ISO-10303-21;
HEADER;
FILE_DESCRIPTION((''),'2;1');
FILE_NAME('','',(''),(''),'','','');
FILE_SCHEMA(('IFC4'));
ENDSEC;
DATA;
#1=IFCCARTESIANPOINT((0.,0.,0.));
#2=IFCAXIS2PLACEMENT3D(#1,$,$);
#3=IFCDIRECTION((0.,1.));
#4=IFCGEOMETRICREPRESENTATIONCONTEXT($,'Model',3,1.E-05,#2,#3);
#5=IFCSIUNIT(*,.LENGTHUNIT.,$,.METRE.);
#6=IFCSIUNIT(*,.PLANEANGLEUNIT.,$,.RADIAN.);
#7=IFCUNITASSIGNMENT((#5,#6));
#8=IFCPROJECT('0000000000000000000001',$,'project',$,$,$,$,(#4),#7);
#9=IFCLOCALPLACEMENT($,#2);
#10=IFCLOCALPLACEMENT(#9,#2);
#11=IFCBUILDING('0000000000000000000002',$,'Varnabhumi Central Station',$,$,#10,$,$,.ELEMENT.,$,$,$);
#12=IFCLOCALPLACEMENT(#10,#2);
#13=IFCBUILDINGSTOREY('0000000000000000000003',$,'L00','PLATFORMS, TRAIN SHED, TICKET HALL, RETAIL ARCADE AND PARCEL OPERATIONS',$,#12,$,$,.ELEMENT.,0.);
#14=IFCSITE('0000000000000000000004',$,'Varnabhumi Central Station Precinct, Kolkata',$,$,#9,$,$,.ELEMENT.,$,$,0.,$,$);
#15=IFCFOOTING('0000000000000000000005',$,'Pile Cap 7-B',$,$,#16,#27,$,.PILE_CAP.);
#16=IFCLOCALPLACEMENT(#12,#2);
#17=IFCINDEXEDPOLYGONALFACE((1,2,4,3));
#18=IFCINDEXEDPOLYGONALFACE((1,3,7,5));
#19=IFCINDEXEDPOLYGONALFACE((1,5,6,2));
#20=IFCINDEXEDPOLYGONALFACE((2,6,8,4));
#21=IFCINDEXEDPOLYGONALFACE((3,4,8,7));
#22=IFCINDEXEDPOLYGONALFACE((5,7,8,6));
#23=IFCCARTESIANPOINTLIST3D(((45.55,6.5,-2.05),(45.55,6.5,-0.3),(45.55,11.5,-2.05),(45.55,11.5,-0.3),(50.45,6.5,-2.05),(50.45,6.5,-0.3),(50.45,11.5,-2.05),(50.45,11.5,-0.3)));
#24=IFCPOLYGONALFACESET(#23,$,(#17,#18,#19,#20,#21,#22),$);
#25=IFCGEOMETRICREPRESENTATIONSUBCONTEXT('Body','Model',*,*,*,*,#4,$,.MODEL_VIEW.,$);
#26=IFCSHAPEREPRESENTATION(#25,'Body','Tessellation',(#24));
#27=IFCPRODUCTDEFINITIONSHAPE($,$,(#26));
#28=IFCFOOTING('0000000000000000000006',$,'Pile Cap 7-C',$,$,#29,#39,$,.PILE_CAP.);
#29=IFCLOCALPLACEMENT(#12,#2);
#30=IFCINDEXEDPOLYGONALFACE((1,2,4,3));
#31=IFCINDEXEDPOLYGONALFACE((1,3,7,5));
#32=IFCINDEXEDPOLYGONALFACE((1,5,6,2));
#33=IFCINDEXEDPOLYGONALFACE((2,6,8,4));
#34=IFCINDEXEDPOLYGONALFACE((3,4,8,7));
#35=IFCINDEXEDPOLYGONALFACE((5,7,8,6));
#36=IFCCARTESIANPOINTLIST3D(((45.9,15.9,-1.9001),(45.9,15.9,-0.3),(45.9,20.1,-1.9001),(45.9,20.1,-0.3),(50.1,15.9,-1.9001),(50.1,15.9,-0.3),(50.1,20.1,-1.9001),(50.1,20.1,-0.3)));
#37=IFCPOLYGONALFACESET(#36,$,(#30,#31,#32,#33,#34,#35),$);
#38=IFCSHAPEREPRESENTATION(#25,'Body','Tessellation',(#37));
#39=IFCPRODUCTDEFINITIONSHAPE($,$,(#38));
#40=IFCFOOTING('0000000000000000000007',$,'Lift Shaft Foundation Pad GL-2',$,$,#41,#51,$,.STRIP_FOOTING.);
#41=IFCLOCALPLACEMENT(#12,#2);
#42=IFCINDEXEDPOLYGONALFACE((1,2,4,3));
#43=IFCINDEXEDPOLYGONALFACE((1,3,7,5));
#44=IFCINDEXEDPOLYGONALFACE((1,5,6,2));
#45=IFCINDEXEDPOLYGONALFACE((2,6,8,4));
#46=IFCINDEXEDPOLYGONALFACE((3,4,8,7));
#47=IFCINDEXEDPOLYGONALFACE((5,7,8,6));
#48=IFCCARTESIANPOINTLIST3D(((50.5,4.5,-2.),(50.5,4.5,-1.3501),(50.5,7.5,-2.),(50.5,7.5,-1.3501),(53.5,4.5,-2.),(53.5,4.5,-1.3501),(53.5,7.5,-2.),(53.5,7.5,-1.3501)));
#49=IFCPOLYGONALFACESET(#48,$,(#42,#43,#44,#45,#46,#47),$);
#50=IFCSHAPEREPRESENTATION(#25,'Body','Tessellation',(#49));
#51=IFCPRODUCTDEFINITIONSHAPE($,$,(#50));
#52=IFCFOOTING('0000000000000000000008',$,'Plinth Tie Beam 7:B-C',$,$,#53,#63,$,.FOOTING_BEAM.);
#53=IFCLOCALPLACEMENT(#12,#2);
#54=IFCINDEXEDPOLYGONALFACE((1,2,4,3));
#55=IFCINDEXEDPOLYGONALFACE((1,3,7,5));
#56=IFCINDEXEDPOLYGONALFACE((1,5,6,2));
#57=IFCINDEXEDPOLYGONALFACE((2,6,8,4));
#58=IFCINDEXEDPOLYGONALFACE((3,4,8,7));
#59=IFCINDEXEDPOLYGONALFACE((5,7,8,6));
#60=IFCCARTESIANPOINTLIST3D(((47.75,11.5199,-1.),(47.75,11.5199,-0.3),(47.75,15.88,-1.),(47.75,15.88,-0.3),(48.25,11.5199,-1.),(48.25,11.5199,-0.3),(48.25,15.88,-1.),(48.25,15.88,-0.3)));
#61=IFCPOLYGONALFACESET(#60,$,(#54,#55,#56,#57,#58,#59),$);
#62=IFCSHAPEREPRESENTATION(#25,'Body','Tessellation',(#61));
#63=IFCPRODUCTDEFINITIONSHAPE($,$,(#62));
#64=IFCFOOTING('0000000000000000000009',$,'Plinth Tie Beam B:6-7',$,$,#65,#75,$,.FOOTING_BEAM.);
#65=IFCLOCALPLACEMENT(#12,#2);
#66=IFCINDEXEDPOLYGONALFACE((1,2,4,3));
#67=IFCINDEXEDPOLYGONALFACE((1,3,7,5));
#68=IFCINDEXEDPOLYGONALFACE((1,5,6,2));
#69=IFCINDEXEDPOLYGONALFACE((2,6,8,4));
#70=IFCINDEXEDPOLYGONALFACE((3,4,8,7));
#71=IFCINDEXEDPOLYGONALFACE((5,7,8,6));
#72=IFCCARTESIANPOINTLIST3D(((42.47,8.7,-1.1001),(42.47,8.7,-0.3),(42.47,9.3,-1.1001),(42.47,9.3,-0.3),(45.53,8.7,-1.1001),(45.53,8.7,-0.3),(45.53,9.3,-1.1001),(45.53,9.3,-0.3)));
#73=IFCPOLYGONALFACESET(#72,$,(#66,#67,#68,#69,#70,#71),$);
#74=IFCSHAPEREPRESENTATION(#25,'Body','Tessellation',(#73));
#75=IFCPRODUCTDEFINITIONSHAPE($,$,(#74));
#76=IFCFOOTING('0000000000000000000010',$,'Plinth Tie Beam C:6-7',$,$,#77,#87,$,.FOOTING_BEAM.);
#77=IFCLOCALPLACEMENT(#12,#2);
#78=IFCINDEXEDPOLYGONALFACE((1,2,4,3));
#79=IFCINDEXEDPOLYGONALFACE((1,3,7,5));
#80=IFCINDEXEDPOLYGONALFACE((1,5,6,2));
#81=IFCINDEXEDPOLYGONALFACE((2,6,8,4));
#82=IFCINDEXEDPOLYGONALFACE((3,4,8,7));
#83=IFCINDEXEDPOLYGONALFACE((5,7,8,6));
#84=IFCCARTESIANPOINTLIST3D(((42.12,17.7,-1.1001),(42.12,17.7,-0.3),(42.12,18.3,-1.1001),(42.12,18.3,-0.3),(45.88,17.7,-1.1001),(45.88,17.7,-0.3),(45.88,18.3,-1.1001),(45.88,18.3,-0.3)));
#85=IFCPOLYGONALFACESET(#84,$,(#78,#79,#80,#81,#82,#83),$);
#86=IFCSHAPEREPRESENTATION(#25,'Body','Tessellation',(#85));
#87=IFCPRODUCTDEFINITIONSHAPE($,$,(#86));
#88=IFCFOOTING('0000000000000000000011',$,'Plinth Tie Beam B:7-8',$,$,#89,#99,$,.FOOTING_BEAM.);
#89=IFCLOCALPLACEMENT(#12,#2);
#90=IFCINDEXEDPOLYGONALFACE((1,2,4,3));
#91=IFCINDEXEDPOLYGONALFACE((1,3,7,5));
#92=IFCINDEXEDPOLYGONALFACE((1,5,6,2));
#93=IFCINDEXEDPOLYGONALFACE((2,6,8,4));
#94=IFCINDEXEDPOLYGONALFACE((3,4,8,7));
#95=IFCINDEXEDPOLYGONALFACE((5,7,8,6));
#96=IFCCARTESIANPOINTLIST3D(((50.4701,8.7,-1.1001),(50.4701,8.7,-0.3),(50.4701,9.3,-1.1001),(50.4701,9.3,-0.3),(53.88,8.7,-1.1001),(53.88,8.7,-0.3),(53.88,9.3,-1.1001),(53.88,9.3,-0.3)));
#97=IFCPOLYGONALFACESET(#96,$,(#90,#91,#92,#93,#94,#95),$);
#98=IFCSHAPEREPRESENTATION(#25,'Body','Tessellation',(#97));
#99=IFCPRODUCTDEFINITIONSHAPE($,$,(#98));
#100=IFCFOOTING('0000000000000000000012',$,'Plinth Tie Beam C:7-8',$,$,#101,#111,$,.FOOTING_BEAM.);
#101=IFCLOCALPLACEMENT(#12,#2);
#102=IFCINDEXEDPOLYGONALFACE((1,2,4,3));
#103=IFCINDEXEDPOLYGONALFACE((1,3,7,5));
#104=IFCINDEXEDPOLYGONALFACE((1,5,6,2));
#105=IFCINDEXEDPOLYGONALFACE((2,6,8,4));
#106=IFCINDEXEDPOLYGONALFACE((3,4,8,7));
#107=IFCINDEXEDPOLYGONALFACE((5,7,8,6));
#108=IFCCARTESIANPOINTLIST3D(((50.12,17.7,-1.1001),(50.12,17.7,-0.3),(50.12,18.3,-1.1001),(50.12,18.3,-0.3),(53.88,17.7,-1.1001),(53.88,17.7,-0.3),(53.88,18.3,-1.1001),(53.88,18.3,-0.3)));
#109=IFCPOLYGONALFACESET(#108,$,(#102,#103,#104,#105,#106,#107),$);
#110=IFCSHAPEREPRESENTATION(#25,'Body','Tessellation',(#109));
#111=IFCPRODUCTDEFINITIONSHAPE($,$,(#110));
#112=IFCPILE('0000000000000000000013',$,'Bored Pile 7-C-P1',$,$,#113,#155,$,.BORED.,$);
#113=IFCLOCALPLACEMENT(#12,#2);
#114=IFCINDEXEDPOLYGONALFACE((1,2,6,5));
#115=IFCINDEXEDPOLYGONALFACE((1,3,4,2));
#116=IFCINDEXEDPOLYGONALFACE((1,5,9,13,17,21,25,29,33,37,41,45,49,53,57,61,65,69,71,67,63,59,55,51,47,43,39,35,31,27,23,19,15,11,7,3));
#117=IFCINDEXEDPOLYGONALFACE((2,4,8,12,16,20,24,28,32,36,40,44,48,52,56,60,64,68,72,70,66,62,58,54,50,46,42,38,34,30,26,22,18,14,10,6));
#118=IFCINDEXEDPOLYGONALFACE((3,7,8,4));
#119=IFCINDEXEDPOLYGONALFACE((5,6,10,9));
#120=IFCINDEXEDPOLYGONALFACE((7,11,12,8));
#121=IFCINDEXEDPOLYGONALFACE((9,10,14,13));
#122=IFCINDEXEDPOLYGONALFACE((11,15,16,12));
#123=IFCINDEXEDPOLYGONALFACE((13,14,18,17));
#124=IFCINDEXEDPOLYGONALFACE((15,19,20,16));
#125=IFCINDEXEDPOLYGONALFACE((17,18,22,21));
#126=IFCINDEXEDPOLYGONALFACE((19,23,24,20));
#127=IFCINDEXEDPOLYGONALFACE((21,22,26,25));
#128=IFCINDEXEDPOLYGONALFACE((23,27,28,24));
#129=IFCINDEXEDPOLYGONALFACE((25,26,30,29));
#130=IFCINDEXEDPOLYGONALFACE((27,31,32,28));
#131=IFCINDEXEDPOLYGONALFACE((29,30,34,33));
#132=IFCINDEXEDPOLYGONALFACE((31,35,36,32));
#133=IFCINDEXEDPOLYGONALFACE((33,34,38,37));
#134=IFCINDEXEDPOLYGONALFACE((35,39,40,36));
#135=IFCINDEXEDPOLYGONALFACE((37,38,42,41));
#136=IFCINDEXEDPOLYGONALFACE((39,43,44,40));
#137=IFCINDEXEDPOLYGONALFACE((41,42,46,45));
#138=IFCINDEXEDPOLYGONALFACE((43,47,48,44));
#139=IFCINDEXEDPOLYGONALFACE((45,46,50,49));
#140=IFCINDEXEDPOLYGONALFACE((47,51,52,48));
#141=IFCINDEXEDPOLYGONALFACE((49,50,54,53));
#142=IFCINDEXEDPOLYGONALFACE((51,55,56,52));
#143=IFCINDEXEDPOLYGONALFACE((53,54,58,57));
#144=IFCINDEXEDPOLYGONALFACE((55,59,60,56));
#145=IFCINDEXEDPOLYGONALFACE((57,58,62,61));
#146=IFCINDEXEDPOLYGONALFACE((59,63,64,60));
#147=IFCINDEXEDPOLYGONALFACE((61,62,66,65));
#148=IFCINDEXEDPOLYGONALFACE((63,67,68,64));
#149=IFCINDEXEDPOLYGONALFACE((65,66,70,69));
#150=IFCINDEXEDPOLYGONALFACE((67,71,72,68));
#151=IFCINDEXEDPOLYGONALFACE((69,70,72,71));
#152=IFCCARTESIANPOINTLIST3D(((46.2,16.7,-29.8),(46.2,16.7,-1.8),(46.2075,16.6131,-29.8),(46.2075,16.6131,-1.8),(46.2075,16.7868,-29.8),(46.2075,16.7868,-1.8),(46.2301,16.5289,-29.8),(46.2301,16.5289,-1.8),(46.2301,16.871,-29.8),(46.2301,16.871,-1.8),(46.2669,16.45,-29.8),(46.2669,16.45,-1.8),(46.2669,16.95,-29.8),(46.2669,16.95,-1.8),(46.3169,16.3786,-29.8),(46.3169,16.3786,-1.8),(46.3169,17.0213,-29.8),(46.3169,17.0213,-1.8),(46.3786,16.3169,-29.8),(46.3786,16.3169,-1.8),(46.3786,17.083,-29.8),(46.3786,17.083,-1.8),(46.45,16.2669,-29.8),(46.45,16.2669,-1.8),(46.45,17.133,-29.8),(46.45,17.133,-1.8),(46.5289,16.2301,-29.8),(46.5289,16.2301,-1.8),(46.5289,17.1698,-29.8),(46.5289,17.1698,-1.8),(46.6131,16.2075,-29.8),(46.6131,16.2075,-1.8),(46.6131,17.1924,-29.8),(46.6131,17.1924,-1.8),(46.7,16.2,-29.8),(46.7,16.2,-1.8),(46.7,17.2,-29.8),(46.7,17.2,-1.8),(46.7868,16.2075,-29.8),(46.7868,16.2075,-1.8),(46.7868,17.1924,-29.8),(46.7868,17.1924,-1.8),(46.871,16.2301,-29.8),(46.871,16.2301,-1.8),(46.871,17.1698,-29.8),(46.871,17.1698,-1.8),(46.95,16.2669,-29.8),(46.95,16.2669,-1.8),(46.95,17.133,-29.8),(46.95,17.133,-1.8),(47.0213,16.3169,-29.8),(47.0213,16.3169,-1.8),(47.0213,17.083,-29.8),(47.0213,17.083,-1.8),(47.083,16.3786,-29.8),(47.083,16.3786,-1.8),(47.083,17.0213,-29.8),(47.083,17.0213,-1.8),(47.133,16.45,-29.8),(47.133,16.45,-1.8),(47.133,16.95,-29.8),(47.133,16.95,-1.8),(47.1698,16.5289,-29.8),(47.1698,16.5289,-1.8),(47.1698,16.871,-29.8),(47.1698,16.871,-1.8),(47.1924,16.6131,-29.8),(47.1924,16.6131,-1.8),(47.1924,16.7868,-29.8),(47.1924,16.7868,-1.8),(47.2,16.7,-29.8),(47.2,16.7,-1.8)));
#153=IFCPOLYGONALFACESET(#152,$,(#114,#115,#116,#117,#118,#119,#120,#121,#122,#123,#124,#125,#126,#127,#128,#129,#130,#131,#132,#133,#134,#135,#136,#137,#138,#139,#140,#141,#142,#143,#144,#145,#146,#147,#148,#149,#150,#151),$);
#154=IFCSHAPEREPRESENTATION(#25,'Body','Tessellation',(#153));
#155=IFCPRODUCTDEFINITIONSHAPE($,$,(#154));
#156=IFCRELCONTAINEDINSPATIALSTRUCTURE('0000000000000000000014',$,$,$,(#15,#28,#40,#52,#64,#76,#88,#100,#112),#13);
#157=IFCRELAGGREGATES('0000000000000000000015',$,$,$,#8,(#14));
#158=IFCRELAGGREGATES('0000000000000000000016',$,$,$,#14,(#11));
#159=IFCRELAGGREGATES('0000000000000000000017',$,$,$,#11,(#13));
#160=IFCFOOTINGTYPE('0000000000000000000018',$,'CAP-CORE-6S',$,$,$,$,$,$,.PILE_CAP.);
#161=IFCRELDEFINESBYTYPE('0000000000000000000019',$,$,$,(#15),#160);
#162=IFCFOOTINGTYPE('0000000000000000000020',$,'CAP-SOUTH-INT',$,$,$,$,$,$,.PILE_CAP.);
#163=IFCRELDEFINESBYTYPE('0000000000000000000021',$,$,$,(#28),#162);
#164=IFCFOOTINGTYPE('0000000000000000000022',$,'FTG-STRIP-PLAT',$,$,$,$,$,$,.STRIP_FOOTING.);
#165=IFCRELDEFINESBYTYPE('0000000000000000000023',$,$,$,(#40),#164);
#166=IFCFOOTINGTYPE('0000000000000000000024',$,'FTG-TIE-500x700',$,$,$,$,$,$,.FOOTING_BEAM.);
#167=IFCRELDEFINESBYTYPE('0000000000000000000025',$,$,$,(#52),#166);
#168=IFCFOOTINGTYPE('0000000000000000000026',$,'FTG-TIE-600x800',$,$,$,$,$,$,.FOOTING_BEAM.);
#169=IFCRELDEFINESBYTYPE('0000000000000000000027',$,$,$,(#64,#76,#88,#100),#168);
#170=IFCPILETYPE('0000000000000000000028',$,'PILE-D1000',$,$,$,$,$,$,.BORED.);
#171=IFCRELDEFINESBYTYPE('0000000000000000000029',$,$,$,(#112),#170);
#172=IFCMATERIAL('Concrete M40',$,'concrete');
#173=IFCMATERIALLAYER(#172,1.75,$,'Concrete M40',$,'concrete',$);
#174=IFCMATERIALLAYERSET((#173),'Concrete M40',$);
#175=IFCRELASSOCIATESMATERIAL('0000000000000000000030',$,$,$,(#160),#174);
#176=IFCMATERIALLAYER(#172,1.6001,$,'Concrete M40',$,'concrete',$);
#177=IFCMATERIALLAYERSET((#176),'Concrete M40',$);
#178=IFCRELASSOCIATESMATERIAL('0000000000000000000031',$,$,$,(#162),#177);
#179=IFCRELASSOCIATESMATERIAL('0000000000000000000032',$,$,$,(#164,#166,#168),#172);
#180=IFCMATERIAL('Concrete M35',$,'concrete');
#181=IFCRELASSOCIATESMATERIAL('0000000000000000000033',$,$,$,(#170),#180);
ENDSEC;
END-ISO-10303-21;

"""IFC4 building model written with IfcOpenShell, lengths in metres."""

from ifc_helpers import new_model, si_unit, direction, frame, origin, origin_2d, place, context, subcontext, project, spatial, rectangle, circle, extrude, material, layer, layer_set, material_profile, profile_set, type_object, element, save


model = new_model("IFC4")

# Units and contexts
model_context = context("Model", 3, precision=1e-05, world=origin(), true_north=direction((0.0, 1.0)))
body_context = subcontext(model_context, "Body", "Model", "MODEL_VIEW")
ifc_project = project(units=[si_unit("LENGTHUNIT", "METRE"), si_unit("PLANEANGLEUNIT", "RADIAN")], contexts=[model_context])

# Site, building, storey
site_placement = place(None, origin())
site = spatial("IfcSite", under=ifc_project, at=site_placement, Name="Varnabhumi Central Station Precinct, Kolkata", CompositionType="ELEMENT", RefElevation=0.0)
building_placement = place(site_placement, origin())
building = spatial("IfcBuilding", under=site, at=building_placement, Name="Varnabhumi Central Station", CompositionType="ELEMENT")
storey_placement = place(building_placement, origin())
storey = spatial("IfcBuildingStorey", under=building, at=storey_placement, Name="L00", Description="PLATFORMS, TRAIN SHED, TICKET HALL, RETAIL ARCADE AND PARCEL OPERATIONS", CompositionType="ELEMENT", Elevation=0.0)

# Footings
ifc_material_1 = material(Name="Concrete M40", Category="concrete")
ifc_layer_1 = layer(ifc_material_1, 1.75, Name="Concrete M40", Category="concrete")
ifc_layer_set_1 = layer_set([ifc_layer_1], Name="Concrete M40")
footing_type_1 = type_object("IfcFootingType", Name="CAP-CORE-6S", PredefinedType="PILE_CAP", material=ifc_layer_set_1)
footing_1_placement = place(storey_placement, frame((48.0, 9.0, -2.05), z_axis=(0.0, 0.0, 1.0), x_axis=(1.0, 0.0, 0.0)))
element("IfcFooting", 1, at=footing_1_placement, inside=storey, type_object=footing_type_1, Name="Pile Cap 7-B", PredefinedType="PILE_CAP", context=body_context, shape_type="SweptSolid", body=[
    extrude(rectangle(XDim=4.8999, YDim=5.0, at=origin_2d()), origin(), (0.0, 0.0, 1.0), 1.75),
])
ifc_layer_2 = layer(ifc_material_1, 1.6001, Name="Concrete M40", Category="concrete")
ifc_layer_set_2 = layer_set([ifc_layer_2], Name="Concrete M40")
footing_type_2 = type_object("IfcFootingType", Name="CAP-SOUTH-INT", PredefinedType="PILE_CAP", material=ifc_layer_set_2)
footing_2_placement = place(storey_placement, frame((48.0, 18.0, -1.9001), z_axis=(0.0, 0.0, 1.0), x_axis=(1.0, 0.0, 0.0)))
element("IfcFooting", 2, at=footing_2_placement, inside=storey, type_object=footing_type_2, Name="Pile Cap 7-C", PredefinedType="PILE_CAP", context=body_context, shape_type="SweptSolid", body=[
    extrude(rectangle(XDim=4.2, YDim=4.2, at=origin_2d()), origin(), (0.0, 0.0, 1.0), 1.6001),
])
footing_type_3 = type_object("IfcFootingType", Name="FTG-STRIP-PLAT", PredefinedType="STRIP_FOOTING", material=ifc_material_1)
footing_3_placement = place(storey_placement, frame((52.0, 6.0, -2.0), z_axis=(0.0, 0.0, 1.0), x_axis=(1.0, 0.0, 0.0)))
element("IfcFooting", 3, at=footing_3_placement, inside=storey, type_object=footing_type_3, Name="Lift Shaft Foundation Pad GL-2", PredefinedType="STRIP_FOOTING", context=body_context, shape_type="SweptSolid", body=[
    extrude(rectangle(XDim=3.0, YDim=3.0, at=origin_2d()), origin(), (0.0, 0.0, 1.0), 0.6499),
])
footing_type_4 = type_object("IfcFootingType", Name="FTG-TIE-500x700", PredefinedType="FOOTING_BEAM", material=ifc_material_1)
footing_4_placement = place(storey_placement, frame((48.0, 13.7, -1.0), z_axis=(0.0, 0.0, 1.0), x_axis=(1.0, 0.0, 0.0)))
element("IfcFooting", 4, at=footing_4_placement, inside=storey, type_object=footing_type_4, Name="Plinth Tie Beam 7:B-C", PredefinedType="FOOTING_BEAM", context=body_context, shape_type="SweptSolid", body=[
    extrude(rectangle(XDim=0.5, YDim=4.3601, at=origin_2d()), origin(), (0.0, 0.0, 1.0), 0.7),
])
footing_type_5 = type_object("IfcFootingType", Name="FTG-TIE-600x800", PredefinedType="FOOTING_BEAM", material=ifc_material_1)
footing_5_placement = place(storey_placement, frame((44.0, 9.0, -1.1001), z_axis=(0.0, 0.0, 1.0), x_axis=(1.0, 0.0, 0.0)))
element("IfcFooting", 5, at=footing_5_placement, inside=storey, type_object=footing_type_5, Name="Plinth Tie Beam B:6-7", PredefinedType="FOOTING_BEAM", context=body_context, shape_type="SweptSolid", body=[
    extrude(rectangle(XDim=3.0601, YDim=0.6001, at=origin_2d()), origin(), (0.0, 0.0, 1.0), 0.8),
])
footing_6_placement = place(storey_placement, frame((44.0, 18.0, -1.1001), z_axis=(0.0, 0.0, 1.0), x_axis=(1.0, 0.0, 0.0)))
element("IfcFooting", 6, at=footing_6_placement, inside=storey, type_object=footing_type_5, Name="Plinth Tie Beam C:6-7", PredefinedType="FOOTING_BEAM", context=body_context, shape_type="SweptSolid", body=[
    extrude(rectangle(XDim=3.76, YDim=0.6001, at=origin_2d()), origin(), (0.0, 0.0, 1.0), 0.8),
])
footing_7_placement = place(storey_placement, frame((52.175, 9.0, -1.1001), z_axis=(0.0, 0.0, 1.0), x_axis=(1.0, 0.0, 0.0)))
element("IfcFooting", 7, at=footing_7_placement, inside=storey, type_object=footing_type_5, Name="Plinth Tie Beam B:7-8", PredefinedType="FOOTING_BEAM", context=body_context, shape_type="SweptSolid", body=[
    extrude(rectangle(XDim=3.4099, YDim=0.6001, at=origin_2d()), origin(), (0.0, 0.0, 1.0), 0.8),
])
footing_8_placement = place(storey_placement, frame((52.0, 18.0, -1.1001), z_axis=(0.0, 0.0, 1.0), x_axis=(1.0, 0.0, 0.0)))
element("IfcFooting", 8, at=footing_8_placement, inside=storey, type_object=footing_type_5, Name="Plinth Tie Beam C:7-8", PredefinedType="FOOTING_BEAM", context=body_context, shape_type="SweptSolid", body=[
    extrude(rectangle(XDim=3.76, YDim=0.6001, at=origin_2d()), origin(), (0.0, 0.0, 1.0), 0.8),
])

# Pile
ifc_material_2 = material(Name="Concrete M35", Category="concrete")
ifc_material_profile_1 = material_profile(ifc_material_2, circle(Radius=0.5, at=origin_2d()), Name="Concrete M35", Category="concrete")
ifc_profile_set_1 = profile_set([ifc_material_profile_1], Name="Concrete M35")
pile_type_1 = type_object("IfcPileType", Name="PILE-D1000", PredefinedType="BORED", material=ifc_profile_set_1)
for number, where, z_axis, x_axis, name in (
    (9, (46.7, 16.7, -1.8), (0.0, 0.0, -1.0), (1.0, 0.0, 0.0), "Bored Pile 7-C-P1"),
):
    element("IfcPile", number, at=place(storey_placement, frame(where, z_axis=z_axis, x_axis=x_axis)), inside=storey, type_object=pile_type_1, Name=name, PredefinedType="BORED", context=body_context, shape_type="SweptSolid", body=[
        extrude(circle(Radius=0.5, at=origin_2d()), origin(), (0.0, 0.0, 1.0), 28.0),
    ])

save(model, "model.ifc")
